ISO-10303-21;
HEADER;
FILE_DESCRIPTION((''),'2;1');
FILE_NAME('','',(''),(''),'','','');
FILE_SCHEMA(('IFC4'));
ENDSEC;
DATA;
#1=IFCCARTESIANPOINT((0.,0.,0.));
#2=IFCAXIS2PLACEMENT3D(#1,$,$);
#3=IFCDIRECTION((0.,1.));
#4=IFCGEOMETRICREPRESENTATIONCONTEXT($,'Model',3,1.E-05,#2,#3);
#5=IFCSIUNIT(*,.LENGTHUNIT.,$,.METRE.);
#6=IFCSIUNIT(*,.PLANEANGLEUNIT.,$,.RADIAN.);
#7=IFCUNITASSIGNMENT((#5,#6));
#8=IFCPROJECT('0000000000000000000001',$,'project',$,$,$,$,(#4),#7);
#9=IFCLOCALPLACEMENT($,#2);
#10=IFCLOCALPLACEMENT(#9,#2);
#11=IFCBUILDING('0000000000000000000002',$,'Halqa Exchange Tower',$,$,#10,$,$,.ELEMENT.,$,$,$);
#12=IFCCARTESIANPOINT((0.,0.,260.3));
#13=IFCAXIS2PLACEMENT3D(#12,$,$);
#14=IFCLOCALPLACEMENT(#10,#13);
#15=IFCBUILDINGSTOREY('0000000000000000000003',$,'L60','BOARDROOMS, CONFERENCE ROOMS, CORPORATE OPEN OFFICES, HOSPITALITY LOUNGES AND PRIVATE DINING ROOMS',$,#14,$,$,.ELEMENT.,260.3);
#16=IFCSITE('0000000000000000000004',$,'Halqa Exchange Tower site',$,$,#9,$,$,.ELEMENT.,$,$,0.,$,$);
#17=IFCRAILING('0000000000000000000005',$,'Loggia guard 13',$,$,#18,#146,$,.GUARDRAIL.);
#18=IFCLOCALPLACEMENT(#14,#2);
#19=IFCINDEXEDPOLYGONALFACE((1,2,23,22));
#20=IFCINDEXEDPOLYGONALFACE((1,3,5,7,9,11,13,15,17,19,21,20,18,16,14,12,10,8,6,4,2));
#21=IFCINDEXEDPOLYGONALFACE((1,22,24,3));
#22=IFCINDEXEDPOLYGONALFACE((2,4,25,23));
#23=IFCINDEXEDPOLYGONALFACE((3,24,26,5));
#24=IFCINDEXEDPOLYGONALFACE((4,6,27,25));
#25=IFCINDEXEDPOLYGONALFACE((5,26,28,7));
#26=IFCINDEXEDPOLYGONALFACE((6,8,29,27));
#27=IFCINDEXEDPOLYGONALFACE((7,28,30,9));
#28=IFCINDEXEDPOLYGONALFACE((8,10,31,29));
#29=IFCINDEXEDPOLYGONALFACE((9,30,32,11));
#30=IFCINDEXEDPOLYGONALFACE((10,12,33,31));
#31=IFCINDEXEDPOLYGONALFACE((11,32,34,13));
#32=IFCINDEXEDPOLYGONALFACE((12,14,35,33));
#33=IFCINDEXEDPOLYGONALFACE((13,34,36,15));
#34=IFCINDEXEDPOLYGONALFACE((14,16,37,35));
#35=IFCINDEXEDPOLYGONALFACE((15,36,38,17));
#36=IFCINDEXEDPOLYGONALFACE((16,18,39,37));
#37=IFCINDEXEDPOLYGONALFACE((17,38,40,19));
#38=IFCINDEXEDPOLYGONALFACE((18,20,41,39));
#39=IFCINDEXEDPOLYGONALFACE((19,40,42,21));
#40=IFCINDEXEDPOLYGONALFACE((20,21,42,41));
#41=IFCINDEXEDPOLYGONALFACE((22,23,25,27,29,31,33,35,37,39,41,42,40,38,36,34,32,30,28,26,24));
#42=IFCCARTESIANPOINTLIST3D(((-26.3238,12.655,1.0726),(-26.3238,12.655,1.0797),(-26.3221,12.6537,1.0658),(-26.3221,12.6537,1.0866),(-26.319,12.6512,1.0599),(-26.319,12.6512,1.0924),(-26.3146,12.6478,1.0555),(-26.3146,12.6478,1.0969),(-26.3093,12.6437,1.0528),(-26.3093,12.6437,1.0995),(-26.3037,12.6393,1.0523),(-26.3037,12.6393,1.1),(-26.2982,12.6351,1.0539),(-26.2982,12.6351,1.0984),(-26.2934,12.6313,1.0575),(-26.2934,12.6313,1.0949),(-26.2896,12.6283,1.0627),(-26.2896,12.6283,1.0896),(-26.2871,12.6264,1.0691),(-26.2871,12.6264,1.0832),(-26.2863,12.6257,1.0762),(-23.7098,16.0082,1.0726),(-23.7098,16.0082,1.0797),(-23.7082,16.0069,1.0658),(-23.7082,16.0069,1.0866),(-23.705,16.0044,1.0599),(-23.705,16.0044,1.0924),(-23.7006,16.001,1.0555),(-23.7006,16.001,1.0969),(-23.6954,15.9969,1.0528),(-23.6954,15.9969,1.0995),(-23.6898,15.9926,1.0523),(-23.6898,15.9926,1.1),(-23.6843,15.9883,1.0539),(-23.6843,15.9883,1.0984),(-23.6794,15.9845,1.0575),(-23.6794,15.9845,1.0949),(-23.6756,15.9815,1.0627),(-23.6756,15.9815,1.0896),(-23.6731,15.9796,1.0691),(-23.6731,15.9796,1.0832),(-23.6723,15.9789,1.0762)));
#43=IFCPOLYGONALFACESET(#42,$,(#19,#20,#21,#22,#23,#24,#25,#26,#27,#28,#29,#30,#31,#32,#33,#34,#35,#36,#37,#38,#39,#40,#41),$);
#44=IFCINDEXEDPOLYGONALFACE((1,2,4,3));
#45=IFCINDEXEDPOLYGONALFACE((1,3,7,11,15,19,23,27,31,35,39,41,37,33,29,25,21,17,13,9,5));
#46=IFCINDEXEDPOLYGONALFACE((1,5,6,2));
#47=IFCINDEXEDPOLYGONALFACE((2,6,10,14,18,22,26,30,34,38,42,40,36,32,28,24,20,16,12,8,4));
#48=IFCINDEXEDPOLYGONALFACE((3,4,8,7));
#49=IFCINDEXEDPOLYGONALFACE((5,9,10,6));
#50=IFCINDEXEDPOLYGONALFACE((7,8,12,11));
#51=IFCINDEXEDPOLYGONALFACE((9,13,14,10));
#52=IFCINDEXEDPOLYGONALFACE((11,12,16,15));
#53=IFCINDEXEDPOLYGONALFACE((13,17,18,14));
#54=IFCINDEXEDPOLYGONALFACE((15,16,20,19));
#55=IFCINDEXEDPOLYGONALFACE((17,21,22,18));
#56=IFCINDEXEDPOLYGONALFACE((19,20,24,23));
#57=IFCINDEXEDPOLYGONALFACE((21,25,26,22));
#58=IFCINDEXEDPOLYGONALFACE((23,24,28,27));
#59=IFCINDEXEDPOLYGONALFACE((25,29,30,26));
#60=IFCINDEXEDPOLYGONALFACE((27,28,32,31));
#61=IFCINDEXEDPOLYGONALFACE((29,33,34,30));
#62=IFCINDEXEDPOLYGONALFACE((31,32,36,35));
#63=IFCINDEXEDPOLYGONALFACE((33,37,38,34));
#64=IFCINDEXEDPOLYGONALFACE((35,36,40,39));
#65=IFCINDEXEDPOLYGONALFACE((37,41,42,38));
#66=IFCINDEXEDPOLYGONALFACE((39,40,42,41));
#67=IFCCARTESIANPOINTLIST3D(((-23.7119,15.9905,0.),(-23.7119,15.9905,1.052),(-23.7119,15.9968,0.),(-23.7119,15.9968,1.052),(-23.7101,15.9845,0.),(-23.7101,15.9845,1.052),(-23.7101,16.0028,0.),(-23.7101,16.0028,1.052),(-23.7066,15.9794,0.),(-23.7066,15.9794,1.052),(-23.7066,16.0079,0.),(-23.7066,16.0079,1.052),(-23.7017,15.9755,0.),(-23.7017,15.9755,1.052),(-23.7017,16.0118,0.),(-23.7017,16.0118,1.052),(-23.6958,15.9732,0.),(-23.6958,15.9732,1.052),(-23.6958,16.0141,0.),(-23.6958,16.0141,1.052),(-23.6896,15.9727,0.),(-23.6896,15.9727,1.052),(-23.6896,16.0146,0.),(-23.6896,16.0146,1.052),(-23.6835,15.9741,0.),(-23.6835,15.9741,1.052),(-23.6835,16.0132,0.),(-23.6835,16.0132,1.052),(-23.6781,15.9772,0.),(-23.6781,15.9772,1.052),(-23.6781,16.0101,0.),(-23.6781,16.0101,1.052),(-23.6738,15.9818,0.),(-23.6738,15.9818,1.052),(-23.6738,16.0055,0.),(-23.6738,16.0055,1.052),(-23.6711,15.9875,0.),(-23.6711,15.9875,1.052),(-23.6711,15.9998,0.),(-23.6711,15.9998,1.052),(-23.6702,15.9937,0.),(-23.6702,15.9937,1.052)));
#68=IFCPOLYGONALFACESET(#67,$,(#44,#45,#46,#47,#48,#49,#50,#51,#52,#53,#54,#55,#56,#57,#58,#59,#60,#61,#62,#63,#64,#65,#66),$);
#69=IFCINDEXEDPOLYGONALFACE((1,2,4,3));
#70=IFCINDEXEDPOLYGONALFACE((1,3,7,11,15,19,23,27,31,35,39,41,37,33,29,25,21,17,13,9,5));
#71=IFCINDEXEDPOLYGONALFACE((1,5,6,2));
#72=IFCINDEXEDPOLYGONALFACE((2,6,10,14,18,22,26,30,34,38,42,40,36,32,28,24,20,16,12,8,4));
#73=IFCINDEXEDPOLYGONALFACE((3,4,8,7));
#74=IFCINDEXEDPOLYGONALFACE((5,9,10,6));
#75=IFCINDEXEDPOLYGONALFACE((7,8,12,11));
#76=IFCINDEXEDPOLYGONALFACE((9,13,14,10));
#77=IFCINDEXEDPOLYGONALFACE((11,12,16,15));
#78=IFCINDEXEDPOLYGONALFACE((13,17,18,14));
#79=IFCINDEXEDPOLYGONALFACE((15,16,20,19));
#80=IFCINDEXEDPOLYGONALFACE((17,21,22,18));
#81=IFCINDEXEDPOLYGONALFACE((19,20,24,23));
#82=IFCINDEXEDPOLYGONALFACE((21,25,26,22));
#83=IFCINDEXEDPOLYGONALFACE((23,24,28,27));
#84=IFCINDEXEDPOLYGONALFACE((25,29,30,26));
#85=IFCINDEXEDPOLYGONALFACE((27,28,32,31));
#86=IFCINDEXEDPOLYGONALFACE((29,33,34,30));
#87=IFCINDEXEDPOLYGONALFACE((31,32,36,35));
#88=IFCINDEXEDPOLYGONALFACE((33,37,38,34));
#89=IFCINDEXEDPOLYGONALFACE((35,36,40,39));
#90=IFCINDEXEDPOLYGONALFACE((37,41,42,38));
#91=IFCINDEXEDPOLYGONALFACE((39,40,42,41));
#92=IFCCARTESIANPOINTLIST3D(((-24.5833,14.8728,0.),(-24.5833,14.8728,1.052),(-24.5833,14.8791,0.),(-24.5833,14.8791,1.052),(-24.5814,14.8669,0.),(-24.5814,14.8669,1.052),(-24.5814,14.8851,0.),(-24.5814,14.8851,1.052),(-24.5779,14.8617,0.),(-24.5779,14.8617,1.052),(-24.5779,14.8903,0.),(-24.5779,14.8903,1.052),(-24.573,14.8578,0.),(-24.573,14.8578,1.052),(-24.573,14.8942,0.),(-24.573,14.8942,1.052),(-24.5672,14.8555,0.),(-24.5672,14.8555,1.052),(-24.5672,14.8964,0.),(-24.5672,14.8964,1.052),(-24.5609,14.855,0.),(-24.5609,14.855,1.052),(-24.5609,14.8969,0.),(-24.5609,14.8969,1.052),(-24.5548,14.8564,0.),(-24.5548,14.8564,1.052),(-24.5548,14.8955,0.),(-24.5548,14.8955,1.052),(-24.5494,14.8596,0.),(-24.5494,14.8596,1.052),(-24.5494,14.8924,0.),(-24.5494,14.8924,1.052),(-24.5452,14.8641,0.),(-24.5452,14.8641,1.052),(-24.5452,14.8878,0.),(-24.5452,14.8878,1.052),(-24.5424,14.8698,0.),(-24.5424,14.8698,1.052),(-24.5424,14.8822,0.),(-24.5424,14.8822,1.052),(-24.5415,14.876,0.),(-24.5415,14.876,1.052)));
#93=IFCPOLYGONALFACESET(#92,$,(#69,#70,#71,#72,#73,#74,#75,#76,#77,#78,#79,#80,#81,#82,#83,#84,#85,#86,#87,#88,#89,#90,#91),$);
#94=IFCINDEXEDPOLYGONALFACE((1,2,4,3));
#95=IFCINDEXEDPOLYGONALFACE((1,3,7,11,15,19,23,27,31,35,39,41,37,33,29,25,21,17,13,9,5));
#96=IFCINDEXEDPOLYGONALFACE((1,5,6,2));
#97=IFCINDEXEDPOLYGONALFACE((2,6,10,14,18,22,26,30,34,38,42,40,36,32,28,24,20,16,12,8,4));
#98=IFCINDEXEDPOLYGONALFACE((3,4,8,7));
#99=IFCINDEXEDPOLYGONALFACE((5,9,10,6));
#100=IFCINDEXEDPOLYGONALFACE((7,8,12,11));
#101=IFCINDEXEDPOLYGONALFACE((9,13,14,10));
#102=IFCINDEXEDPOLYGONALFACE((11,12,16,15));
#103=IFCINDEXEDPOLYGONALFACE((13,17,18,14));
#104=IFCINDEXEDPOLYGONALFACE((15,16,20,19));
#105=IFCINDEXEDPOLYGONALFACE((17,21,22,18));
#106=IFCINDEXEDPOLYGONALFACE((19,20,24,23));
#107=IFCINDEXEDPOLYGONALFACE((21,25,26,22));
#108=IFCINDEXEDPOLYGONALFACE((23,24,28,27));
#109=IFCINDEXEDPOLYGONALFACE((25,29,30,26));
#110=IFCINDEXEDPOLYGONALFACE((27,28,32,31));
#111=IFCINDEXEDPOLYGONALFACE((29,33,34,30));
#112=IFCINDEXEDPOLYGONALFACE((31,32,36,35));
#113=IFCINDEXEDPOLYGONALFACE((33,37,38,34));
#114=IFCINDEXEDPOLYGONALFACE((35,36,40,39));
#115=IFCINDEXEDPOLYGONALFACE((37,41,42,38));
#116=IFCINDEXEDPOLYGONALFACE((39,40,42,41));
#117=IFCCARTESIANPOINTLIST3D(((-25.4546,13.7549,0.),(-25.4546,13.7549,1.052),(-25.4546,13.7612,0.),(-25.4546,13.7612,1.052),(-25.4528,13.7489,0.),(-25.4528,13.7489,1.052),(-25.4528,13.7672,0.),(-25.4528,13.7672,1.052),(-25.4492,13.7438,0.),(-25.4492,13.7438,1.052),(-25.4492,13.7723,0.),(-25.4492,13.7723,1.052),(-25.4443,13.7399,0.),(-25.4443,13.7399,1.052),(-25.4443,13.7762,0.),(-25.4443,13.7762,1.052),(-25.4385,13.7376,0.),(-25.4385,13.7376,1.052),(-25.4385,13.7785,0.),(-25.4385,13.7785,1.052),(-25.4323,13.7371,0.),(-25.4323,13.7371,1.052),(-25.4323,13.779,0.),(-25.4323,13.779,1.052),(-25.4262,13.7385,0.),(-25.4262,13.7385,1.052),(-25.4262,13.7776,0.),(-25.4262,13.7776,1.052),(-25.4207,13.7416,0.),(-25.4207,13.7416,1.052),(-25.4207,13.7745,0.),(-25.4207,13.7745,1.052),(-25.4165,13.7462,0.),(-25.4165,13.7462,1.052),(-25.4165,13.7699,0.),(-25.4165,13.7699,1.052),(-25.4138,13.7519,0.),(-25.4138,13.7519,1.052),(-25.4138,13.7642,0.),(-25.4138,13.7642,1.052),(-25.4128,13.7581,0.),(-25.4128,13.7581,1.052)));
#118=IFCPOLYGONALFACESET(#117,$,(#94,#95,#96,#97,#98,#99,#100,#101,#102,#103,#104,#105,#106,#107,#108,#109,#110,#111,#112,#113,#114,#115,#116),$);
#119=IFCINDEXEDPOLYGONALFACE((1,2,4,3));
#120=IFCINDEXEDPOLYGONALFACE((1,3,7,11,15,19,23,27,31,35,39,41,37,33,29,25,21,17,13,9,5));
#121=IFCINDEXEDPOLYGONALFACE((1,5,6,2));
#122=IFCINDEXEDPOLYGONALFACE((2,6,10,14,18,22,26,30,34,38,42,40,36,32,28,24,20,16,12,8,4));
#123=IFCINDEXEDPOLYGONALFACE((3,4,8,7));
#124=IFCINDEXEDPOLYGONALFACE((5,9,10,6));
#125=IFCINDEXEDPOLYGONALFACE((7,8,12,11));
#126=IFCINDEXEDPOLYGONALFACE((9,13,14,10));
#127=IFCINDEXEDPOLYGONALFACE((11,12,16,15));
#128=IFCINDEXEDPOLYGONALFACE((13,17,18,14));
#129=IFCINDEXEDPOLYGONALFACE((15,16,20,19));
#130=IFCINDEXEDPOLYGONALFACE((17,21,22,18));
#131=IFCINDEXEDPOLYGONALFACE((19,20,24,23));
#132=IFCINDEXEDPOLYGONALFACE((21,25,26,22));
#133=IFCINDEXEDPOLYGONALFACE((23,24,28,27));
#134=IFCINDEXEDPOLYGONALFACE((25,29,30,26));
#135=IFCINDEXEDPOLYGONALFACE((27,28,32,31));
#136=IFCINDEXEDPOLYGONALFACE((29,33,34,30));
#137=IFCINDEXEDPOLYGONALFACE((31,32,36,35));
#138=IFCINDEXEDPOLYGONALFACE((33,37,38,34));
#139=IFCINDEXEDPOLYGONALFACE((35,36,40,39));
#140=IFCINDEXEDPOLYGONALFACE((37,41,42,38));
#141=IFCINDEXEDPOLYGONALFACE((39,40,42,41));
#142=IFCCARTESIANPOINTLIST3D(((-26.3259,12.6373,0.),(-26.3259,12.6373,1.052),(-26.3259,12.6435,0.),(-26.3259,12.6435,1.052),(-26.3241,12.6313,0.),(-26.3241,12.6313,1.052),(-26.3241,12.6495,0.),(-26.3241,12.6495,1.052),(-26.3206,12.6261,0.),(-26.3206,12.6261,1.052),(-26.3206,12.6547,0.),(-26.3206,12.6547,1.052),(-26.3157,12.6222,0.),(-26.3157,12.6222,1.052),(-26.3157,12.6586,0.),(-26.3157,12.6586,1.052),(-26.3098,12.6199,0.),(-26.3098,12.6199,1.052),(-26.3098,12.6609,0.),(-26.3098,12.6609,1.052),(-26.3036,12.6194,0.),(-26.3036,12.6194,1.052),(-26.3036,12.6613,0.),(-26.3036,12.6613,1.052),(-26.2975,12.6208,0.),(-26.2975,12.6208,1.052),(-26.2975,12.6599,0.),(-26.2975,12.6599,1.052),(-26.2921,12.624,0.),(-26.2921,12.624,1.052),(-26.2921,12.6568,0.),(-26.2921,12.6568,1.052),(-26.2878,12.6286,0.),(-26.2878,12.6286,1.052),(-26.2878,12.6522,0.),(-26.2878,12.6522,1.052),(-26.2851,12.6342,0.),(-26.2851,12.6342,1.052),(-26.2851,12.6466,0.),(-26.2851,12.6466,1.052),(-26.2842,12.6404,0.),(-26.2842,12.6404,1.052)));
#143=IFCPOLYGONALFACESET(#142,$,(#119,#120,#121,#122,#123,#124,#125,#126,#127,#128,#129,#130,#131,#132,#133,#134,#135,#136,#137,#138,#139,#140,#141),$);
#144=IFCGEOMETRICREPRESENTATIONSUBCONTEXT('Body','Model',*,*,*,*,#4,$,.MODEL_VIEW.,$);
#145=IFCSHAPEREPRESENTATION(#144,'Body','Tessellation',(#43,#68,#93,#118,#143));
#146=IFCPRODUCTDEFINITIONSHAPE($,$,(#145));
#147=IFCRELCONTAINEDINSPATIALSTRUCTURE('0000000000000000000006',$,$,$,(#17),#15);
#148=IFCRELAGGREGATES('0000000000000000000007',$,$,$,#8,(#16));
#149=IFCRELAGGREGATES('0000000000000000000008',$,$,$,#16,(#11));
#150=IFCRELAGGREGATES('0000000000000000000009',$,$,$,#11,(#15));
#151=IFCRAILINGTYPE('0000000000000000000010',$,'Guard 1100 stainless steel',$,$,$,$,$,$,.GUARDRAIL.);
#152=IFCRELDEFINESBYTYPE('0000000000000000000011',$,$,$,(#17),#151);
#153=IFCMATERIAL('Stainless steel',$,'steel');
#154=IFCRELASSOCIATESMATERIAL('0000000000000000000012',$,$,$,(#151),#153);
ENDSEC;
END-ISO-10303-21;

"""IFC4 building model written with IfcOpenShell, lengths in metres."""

from ifc_helpers import new_model, si_unit, direction, frame, origin, origin_2d, place, context, subcontext, project, spatial, circle, extrude, material, type_object, element, save


model = new_model("IFC4")

# Units and contexts
model_context = context("Model", 3, precision=1e-05, world=origin(), true_north=direction((0.0, 1.0)))
body_context = subcontext(model_context, "Body", "Model", "MODEL_VIEW")
ifc_project = project(units=[si_unit("LENGTHUNIT", "METRE"), si_unit("PLANEANGLEUNIT", "RADIAN")], contexts=[model_context])

# Site, building, storey
site_placement = place(None, origin())
site = spatial("IfcSite", under=ifc_project, at=site_placement, Name="Halqa Exchange Tower site", CompositionType="ELEMENT", RefElevation=0.0)
building_placement = place(site_placement, origin())
building = spatial("IfcBuilding", under=site, at=building_placement, Name="Halqa Exchange Tower", CompositionType="ELEMENT")
storey_placement = place(building_placement, frame((0.0, 0.0, 260.3)))
storey = spatial("IfcBuildingStorey", under=building, at=storey_placement, Name="L60", Description="BOARDROOMS, CONFERENCE ROOMS, CORPORATE OPEN OFFICES, HOSPITALITY LOUNGES AND PRIVATE DINING ROOMS", CompositionType="ELEMENT", Elevation=260.3)

# Railing
ifc_material_1 = material(Name="Stainless steel", Category="steel")
railing_type = type_object("IfcRailingType", Name="Guard 1100 stainless steel", PredefinedType="GUARDRAIL", material=ifc_material_1)
railing_1_placement = place(storey_placement, frame((-23.6912, 15.9937, 0.0)))
element("IfcRailing", 1, at=railing_1_placement, inside=storey, type_object=railing_type, Name="Loggia guard 13", PredefinedType="GUARDRAIL", context=body_context, shape_type="SweptSolid", body=[
    extrude(circle(Radius=0.0239, at=origin_2d()), frame((0.0, 0.0, 1.0762), z_axis=(-0.614807, -0.788678, 0.0), x_axis=(0.788678, -0.614807, 0.0)), (0.0, 0.0, 1.0), 4.2517),
    extrude(circle(Radius=0.021, at=origin_2d()), origin(), (0.0, 0.0, 1.0), 1.052),
    extrude(circle(Radius=0.021, at=origin_2d()), frame((-0.8713, -1.1177, 0.0)), (0.0, 0.0, 1.0), 1.052),
    extrude(circle(Radius=0.021, at=origin_2d()), frame((-1.7427, -2.2356, 0.0)), (0.0, 0.0, 1.0), 1.052),
    extrude(circle(Radius=0.021, at=origin_2d()), frame((-2.614, -3.3533, 0.0)), (0.0, 0.0, 1.0), 1.052),
])

save(model, "model.ifc")
